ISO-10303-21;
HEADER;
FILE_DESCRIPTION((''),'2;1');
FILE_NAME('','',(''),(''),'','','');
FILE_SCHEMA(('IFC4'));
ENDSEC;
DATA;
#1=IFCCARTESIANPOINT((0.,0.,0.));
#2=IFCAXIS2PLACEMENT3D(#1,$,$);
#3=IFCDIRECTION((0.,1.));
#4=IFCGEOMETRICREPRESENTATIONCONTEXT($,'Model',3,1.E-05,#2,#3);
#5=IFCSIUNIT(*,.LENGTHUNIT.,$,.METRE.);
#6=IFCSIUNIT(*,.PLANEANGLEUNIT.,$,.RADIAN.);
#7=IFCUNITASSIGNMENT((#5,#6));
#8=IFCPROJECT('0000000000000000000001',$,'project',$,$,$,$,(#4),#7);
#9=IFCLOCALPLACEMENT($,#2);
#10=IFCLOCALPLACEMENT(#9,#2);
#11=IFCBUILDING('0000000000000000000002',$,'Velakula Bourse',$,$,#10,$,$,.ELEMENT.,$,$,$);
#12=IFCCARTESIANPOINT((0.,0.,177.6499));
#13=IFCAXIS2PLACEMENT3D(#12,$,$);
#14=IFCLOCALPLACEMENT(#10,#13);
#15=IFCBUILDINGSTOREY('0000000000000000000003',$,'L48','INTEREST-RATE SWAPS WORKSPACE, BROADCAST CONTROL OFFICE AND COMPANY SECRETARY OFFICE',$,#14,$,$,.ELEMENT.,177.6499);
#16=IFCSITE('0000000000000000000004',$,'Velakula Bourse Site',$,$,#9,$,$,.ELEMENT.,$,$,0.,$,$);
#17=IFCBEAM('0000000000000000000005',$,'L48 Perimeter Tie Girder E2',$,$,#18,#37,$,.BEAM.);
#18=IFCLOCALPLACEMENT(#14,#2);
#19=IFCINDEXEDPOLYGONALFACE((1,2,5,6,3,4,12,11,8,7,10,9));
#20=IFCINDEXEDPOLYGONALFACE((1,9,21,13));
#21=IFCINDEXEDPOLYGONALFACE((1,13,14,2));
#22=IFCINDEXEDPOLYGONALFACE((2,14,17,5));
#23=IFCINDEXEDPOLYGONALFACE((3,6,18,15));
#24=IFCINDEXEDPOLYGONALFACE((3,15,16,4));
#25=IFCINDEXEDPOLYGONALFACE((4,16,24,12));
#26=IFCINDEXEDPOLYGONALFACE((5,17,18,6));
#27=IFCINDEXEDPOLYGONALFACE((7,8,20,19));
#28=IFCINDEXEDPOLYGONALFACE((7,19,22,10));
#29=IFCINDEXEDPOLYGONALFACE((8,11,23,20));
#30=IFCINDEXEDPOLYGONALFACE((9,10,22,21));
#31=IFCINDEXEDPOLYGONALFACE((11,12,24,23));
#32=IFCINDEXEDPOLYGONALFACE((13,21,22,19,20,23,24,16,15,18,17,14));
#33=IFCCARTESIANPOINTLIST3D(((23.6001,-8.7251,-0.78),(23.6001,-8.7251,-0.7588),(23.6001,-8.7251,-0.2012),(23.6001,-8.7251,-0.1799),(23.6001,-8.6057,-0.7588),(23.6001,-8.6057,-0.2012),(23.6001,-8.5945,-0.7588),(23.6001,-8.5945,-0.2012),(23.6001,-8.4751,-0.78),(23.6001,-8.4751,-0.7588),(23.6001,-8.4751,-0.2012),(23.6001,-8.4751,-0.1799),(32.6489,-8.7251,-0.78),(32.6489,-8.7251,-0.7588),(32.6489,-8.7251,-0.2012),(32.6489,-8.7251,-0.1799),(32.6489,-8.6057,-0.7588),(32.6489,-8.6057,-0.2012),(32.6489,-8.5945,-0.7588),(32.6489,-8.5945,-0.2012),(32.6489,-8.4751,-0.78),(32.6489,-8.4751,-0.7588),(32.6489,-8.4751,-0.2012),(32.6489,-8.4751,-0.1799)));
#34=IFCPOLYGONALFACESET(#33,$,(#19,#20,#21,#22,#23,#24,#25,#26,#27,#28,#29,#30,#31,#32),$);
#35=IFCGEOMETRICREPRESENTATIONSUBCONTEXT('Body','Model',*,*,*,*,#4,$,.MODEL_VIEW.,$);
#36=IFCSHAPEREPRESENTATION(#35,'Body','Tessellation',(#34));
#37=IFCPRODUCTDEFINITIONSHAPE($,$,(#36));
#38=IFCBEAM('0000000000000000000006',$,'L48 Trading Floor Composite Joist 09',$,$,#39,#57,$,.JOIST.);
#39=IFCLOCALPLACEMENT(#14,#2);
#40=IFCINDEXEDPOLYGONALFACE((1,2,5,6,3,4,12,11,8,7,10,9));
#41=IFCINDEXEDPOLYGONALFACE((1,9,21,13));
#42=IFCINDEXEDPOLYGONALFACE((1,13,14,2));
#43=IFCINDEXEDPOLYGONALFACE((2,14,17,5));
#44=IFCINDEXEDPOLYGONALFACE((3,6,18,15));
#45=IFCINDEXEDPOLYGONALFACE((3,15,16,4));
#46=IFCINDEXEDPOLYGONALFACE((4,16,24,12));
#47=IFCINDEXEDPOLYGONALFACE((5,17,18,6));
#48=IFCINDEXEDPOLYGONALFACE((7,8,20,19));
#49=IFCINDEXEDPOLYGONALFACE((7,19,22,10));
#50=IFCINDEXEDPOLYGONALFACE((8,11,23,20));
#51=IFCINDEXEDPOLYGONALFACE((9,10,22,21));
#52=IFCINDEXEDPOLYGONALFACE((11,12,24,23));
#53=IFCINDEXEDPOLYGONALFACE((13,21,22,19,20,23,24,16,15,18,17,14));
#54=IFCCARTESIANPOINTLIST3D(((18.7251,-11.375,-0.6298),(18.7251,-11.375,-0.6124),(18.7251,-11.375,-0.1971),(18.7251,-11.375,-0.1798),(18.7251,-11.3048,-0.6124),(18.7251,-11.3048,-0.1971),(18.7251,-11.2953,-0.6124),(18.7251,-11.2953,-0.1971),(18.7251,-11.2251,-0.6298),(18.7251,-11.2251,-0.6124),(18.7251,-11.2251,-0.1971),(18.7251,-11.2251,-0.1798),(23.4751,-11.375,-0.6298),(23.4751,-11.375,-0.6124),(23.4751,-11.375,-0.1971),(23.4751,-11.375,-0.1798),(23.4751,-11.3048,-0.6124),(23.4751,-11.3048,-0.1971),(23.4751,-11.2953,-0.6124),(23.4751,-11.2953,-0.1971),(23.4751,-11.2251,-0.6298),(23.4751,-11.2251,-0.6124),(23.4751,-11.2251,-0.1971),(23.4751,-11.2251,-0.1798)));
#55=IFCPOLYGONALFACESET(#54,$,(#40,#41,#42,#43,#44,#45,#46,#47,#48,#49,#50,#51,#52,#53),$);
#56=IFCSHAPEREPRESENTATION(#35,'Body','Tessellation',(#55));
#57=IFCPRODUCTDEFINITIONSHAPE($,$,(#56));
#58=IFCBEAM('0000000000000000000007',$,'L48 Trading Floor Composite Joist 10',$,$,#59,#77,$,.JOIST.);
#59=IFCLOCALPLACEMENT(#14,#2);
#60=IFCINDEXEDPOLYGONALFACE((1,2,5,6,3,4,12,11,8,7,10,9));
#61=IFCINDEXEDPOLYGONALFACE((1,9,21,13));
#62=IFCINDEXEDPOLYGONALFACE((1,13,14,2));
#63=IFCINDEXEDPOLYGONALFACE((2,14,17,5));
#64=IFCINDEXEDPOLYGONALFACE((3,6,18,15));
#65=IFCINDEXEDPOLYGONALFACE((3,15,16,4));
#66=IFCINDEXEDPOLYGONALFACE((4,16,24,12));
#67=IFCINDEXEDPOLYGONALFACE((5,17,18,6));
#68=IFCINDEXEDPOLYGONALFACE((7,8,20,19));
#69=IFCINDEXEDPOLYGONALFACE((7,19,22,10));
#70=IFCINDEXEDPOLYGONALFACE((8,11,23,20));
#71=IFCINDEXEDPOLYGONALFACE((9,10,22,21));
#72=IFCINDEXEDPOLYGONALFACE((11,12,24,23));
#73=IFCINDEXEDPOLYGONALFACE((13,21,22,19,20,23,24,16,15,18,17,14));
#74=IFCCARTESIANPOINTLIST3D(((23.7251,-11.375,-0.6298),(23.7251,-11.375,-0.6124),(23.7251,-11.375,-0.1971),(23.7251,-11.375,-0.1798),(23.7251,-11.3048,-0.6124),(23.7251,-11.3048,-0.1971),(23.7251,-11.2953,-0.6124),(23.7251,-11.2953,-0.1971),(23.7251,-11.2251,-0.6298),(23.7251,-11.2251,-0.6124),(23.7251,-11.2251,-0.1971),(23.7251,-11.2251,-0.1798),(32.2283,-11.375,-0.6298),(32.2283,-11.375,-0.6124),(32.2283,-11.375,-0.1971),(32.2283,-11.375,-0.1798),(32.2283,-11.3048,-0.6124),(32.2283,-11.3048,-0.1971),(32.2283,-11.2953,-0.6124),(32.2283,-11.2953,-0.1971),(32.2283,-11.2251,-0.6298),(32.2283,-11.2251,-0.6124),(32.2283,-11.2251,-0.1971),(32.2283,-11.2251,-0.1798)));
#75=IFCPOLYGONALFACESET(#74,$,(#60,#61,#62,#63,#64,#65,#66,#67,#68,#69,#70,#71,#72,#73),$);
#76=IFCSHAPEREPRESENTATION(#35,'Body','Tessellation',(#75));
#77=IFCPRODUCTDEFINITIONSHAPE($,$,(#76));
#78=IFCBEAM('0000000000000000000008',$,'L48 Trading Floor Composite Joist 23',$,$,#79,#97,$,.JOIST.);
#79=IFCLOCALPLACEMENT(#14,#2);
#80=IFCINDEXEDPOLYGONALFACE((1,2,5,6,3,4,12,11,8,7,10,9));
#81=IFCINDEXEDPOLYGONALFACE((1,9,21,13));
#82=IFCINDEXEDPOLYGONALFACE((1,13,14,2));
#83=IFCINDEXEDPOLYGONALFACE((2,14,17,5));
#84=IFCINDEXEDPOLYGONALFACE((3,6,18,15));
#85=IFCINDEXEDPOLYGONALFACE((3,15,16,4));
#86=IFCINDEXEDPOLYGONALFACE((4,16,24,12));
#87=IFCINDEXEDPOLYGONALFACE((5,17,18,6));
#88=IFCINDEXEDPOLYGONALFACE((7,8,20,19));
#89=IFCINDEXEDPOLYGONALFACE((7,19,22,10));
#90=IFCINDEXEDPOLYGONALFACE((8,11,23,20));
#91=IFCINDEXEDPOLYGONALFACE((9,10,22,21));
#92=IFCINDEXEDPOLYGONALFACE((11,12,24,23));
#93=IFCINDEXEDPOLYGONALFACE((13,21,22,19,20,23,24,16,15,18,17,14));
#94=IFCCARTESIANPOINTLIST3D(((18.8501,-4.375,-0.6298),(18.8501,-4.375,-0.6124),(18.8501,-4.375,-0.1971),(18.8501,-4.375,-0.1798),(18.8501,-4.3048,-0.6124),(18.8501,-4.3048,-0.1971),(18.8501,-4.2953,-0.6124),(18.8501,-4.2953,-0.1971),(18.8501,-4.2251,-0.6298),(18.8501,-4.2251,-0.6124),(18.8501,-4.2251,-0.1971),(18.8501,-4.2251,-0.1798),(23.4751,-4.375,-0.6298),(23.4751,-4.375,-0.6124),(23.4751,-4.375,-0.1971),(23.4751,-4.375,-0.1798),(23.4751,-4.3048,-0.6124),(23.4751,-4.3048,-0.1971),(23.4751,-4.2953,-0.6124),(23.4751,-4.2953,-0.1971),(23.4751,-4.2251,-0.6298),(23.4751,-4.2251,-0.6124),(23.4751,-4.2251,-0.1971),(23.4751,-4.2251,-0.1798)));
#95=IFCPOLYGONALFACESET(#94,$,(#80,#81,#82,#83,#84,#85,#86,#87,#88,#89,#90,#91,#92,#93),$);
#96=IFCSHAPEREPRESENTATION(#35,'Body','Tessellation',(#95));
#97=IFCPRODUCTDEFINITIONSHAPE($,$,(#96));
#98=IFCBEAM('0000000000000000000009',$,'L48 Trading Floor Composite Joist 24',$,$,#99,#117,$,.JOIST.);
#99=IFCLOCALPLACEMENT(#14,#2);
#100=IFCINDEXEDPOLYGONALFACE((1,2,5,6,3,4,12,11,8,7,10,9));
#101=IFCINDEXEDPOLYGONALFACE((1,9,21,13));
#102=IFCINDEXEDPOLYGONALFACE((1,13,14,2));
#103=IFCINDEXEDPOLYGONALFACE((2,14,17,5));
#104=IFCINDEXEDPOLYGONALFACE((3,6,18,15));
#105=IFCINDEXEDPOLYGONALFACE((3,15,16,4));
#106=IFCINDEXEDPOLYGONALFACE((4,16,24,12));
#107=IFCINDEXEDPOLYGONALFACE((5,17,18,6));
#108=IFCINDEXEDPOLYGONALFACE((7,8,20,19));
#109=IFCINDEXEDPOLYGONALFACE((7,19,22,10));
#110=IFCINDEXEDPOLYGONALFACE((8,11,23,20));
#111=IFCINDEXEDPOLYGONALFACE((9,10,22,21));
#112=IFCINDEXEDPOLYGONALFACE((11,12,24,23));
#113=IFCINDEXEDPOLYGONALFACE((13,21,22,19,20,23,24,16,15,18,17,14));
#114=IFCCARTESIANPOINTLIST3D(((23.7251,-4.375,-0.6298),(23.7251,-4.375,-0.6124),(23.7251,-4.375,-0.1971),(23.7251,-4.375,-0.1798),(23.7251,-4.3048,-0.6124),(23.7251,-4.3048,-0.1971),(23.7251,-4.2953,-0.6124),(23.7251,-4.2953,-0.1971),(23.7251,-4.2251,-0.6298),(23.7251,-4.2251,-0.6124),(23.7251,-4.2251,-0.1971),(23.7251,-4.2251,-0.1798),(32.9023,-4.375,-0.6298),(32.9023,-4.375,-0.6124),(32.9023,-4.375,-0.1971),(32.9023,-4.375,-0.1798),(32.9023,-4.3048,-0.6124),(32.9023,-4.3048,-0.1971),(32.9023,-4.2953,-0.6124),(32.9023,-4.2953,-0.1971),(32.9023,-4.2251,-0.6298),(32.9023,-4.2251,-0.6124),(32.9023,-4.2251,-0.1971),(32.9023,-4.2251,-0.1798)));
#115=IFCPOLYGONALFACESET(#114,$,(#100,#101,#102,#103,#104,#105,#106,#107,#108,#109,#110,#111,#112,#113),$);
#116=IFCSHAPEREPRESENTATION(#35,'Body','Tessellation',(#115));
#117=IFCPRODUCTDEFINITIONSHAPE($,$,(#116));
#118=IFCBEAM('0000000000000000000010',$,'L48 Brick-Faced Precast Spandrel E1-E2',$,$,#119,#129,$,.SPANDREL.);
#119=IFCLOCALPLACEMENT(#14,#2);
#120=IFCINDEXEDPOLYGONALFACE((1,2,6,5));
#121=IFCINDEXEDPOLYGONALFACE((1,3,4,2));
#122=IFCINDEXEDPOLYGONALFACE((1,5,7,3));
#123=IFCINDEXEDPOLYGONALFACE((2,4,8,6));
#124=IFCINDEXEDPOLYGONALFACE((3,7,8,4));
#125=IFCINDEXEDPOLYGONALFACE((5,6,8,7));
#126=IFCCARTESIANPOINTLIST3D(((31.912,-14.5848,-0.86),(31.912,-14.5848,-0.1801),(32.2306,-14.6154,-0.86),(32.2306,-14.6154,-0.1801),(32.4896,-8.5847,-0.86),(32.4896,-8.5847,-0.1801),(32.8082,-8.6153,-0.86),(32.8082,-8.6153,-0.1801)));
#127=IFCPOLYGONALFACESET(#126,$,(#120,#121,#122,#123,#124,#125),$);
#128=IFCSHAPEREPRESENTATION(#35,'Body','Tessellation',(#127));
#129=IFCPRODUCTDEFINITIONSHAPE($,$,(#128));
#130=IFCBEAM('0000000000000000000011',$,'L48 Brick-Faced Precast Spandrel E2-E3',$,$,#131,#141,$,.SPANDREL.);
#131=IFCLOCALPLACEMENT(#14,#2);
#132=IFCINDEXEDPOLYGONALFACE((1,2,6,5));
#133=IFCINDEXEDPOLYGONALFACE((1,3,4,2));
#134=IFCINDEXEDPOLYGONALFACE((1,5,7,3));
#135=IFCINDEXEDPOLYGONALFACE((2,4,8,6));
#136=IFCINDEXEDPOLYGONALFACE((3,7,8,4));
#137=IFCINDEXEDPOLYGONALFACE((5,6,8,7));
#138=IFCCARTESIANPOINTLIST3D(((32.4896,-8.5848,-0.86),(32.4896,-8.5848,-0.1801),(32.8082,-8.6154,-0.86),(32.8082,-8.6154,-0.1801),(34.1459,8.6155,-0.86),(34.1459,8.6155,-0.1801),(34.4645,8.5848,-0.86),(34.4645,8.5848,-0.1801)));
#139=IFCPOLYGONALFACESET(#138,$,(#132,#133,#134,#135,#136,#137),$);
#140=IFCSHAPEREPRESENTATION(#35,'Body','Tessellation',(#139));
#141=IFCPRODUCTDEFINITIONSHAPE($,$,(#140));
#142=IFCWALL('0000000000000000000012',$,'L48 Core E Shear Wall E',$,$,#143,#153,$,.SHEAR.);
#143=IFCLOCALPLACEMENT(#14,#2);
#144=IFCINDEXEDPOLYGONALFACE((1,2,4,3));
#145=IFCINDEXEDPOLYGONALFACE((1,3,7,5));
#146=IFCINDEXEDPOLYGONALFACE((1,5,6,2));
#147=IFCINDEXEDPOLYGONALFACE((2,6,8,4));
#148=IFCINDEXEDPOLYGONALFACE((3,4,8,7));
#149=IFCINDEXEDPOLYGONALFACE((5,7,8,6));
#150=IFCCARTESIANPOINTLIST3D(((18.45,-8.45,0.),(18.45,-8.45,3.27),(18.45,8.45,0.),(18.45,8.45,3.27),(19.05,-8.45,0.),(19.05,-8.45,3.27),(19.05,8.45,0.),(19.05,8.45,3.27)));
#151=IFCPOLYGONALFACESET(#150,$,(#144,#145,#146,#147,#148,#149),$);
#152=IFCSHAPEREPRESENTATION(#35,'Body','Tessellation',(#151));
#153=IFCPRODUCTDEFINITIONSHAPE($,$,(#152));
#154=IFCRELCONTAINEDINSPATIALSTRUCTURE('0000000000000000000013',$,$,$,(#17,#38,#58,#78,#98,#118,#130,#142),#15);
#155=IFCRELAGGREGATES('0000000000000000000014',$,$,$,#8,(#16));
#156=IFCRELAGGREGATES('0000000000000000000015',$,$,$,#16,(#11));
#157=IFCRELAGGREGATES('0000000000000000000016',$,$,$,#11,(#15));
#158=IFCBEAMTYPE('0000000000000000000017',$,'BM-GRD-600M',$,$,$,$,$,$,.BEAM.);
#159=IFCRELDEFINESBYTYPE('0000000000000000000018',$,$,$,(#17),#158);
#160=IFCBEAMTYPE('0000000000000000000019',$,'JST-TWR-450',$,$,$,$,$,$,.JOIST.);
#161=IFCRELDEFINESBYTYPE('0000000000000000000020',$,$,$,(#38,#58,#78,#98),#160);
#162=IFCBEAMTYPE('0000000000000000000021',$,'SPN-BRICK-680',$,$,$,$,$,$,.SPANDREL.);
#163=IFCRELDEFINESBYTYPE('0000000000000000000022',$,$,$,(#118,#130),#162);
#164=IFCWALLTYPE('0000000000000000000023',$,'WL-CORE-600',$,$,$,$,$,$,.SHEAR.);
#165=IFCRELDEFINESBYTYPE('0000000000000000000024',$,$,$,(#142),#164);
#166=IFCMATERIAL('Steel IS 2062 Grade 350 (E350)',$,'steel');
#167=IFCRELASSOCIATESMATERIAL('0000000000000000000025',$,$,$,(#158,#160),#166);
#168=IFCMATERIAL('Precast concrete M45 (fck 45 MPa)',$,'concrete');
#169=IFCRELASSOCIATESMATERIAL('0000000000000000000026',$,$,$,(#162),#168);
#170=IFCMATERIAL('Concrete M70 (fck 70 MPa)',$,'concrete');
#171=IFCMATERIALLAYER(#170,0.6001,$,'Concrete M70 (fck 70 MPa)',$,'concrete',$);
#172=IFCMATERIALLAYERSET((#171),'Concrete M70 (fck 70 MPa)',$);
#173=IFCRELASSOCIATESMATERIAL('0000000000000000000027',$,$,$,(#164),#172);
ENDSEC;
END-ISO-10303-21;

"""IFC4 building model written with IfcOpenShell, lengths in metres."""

from ifc_helpers import new_model, si_unit, direction, frame, frame_2d, origin, origin_2d, place, context, subcontext, project, spatial, rectangle, i_section, extrude, material, layer, layer_set, material_profile, profile_set, type_object, element, save


model = new_model("IFC4")

# Units and contexts
model_context = context("Model", 3, precision=1e-05, world=origin(), true_north=direction((0.0, 1.0)))
body_context = subcontext(model_context, "Body", "Model", "MODEL_VIEW")
ifc_project = project(units=[si_unit("LENGTHUNIT", "METRE"), si_unit("PLANEANGLEUNIT", "RADIAN")], contexts=[model_context])

# Site, building, storey
site_placement = place(None, origin())
site = spatial("IfcSite", under=ifc_project, at=site_placement, Name="Velakula Bourse Site", CompositionType="ELEMENT", RefElevation=0.0)
building_placement = place(site_placement, origin())
building = spatial("IfcBuilding", under=site, at=building_placement, Name="Velakula Bourse", CompositionType="ELEMENT")
storey_placement = place(building_placement, frame((0.0, 0.0, 177.6499)))
storey = spatial("IfcBuildingStorey", under=building, at=storey_placement, Name="L48", Description="INTEREST-RATE SWAPS WORKSPACE, BROADCAST CONTROL OFFICE AND COMPANY SECRETARY OFFICE", CompositionType="ELEMENT", Elevation=177.6499)

# Shared definitions
ifc_material_1 = material(Name="Concrete M70 (fck 70 MPa)", Category="concrete")
ifc_material_2 = material(Name="Steel IS 2062 Grade 350 (E350)", Category="steel")

# Beams
ifc_material_profile_1 = material_profile(ifc_material_2, i_section(OverallWidth=0.25, OverallDepth=0.6001, WebThickness=0.0112, FlangeThickness=0.0212, at=origin_2d()), Name="Steel IS 2062 Grade 350 (E350)")
ifc_profile_set_1 = profile_set([ifc_material_profile_1], Name="Steel IS 2062 Grade 350 (E350)")
beam_type_1 = type_object("IfcBeamType", Name="BM-GRD-600M", PredefinedType="BEAM", material=ifc_profile_set_1)
beam_1_placement = place(storey_placement, frame((23.6001, -8.6001, -0.48), z_axis=(1.0, 0.0, 0.0), x_axis=(0.0, 1.0, 0.0)))
element("IfcBeam", 1, at=beam_1_placement, inside=storey, type_object=beam_type_1, Name="L48 Perimeter Tie Girder E2", PredefinedType="BEAM", context=body_context, shape_type="SweptSolid", body=[
    extrude(i_section(OverallWidth=0.25, OverallDepth=0.6001, WebThickness=0.0112, FlangeThickness=0.0212, at=origin_2d()), origin(), (0.0, 0.0, 1.0), 9.0488),
])
ifc_material_profile_2 = material_profile(ifc_material_2, i_section(OverallWidth=0.1499, OverallDepth=0.45, WebThickness=0.0095, FlangeThickness=0.0173, at=origin_2d()), Name="Steel IS 2062 Grade 350 (E350)")
ifc_profile_set_2 = profile_set([ifc_material_profile_2], Name="Steel IS 2062 Grade 350 (E350)")
beam_type_2 = type_object("IfcBeamType", Name="JST-TWR-450", PredefinedType="JOIST", material=ifc_profile_set_2)
beam_2_placement = place(storey_placement, frame((18.7251, -11.3, -0.4048), z_axis=(1.0, 0.0, 0.0), x_axis=(0.0, 1.0, 0.0)))
element("IfcBeam", 2, at=beam_2_placement, inside=storey, type_object=beam_type_2, Name="L48 Trading Floor Composite Joist 09", PredefinedType="JOIST", context=body_context, shape_type="SweptSolid", body=[
    extrude(i_section(OverallWidth=0.1499, OverallDepth=0.45, WebThickness=0.0095, FlangeThickness=0.0173, at=origin_2d()), origin(), (0.0, 0.0, 1.0), 4.75),
])
beam_3_placement = place(storey_placement, frame((23.7251, -11.3, -0.4048), z_axis=(1.0, 0.0, 0.0), x_axis=(0.0, 1.0, 0.0)))
element("IfcBeam", 3, at=beam_3_placement, inside=storey, type_object=beam_type_2, Name="L48 Trading Floor Composite Joist 10", PredefinedType="JOIST", context=body_context, shape_type="SweptSolid", body=[
    extrude(i_section(OverallWidth=0.1499, OverallDepth=0.45, WebThickness=0.0095, FlangeThickness=0.0173, at=origin_2d()), origin(), (0.0, 0.0, 1.0), 8.5032),
])
beam_4_placement = place(storey_placement, frame((18.8501, -4.3, -0.4048), z_axis=(1.0, 0.0, 0.0), x_axis=(0.0, 1.0, 0.0)))
element("IfcBeam", 4, at=beam_4_placement, inside=storey, type_object=beam_type_2, Name="L48 Trading Floor Composite Joist 23", PredefinedType="JOIST", context=body_context, shape_type="SweptSolid", body=[
    extrude(i_section(OverallWidth=0.1499, OverallDepth=0.45, WebThickness=0.0095, FlangeThickness=0.0173, at=origin_2d()), origin(), (0.0, 0.0, 1.0), 4.625),
])
beam_5_placement = place(storey_placement, frame((23.7251, -4.3, -0.4048), z_axis=(1.0, 0.0, 0.0), x_axis=(0.0, 1.0, 0.0)))
element("IfcBeam", 5, at=beam_5_placement, inside=storey, type_object=beam_type_2, Name="L48 Trading Floor Composite Joist 24", PredefinedType="JOIST", context=body_context, shape_type="SweptSolid", body=[
    extrude(i_section(OverallWidth=0.1499, OverallDepth=0.45, WebThickness=0.0095, FlangeThickness=0.0173, at=origin_2d()), origin(), (0.0, 0.0, 1.0), 9.1772),
])
ifc_material_3 = material(Name="Precast concrete M45 (fck 45 MPa)", Category="concrete")
ifc_material_profile_3 = material_profile(ifc_material_3, rectangle(XDim=0.3201, YDim=0.6799, at=origin_2d()), Name="Precast concrete M45 (fck 45 MPa)")
ifc_profile_set_3 = profile_set([ifc_material_profile_3], Name="Precast concrete M45 (fck 45 MPa)")
beam_type_3 = type_object("IfcBeamType", Name="SPN-BRICK-680", PredefinedType="SPANDREL", material=ifc_profile_set_3)
beam_6_placement = place(storey_placement, frame((32.0713, -14.6001, -0.52), z_axis=(0.09583, 0.995398, 0.0), x_axis=(-0.995398, 0.09583, 0.0)))
element("IfcBeam", 6, at=beam_6_placement, inside=storey, type_object=beam_type_3, Name="L48 Brick-Faced Precast Spandrel E1-E2", PredefinedType="SPANDREL", context=body_context, shape_type="SweptSolid", body=[
    extrude(rectangle(XDim=0.3201, YDim=0.6799, at=origin_2d()), origin(), (0.0, 0.0, 1.0), 6.0278),
])
beam_7_placement = place(storey_placement, frame((32.6489, -8.6001, -0.52), z_axis=(0.095849, 0.995396, 0.0), x_axis=(-0.995396, 0.095849, 0.0)))
element("IfcBeam", 7, at=beam_7_placement, inside=storey, type_object=beam_type_3, Name="L48 Brick-Faced Precast Spandrel E2-E3", PredefinedType="SPANDREL", context=body_context, shape_type="SweptSolid", body=[
    extrude(rectangle(XDim=0.3201, YDim=0.6799, at=origin_2d()), origin(), (0.0, 0.0, 1.0), 17.2798),
])

# Wall
ifc_layer_1 = layer(ifc_material_1, 0.6001, Name="Concrete M70 (fck 70 MPa)", Category="concrete")
ifc_layer_set_1 = layer_set([ifc_layer_1], Name="Concrete M70 (fck 70 MPa)")
wall_type_1 = type_object("IfcWallType", Name="WL-CORE-600", PredefinedType="SHEAR", material=ifc_layer_set_1)
wall_1_placement = place(storey_placement, frame((18.75, -8.45, 0.0), z_axis=(0.0, 0.0, 1.0), x_axis=(0.0, 1.0, 0.0)))
element("IfcWall", 8, at=wall_1_placement, inside=storey, type_object=wall_type_1, Name="L48 Core E Shear Wall E", PredefinedType="SHEAR", context=body_context, shape_type="SweptSolid", body=[
    extrude(rectangle(XDim=16.8999, YDim=0.6001, at=frame_2d((8.45, 0.0))), origin(), (0.0, 0.0, 1.0), 3.27),
])

save(model, "model.ifc")
